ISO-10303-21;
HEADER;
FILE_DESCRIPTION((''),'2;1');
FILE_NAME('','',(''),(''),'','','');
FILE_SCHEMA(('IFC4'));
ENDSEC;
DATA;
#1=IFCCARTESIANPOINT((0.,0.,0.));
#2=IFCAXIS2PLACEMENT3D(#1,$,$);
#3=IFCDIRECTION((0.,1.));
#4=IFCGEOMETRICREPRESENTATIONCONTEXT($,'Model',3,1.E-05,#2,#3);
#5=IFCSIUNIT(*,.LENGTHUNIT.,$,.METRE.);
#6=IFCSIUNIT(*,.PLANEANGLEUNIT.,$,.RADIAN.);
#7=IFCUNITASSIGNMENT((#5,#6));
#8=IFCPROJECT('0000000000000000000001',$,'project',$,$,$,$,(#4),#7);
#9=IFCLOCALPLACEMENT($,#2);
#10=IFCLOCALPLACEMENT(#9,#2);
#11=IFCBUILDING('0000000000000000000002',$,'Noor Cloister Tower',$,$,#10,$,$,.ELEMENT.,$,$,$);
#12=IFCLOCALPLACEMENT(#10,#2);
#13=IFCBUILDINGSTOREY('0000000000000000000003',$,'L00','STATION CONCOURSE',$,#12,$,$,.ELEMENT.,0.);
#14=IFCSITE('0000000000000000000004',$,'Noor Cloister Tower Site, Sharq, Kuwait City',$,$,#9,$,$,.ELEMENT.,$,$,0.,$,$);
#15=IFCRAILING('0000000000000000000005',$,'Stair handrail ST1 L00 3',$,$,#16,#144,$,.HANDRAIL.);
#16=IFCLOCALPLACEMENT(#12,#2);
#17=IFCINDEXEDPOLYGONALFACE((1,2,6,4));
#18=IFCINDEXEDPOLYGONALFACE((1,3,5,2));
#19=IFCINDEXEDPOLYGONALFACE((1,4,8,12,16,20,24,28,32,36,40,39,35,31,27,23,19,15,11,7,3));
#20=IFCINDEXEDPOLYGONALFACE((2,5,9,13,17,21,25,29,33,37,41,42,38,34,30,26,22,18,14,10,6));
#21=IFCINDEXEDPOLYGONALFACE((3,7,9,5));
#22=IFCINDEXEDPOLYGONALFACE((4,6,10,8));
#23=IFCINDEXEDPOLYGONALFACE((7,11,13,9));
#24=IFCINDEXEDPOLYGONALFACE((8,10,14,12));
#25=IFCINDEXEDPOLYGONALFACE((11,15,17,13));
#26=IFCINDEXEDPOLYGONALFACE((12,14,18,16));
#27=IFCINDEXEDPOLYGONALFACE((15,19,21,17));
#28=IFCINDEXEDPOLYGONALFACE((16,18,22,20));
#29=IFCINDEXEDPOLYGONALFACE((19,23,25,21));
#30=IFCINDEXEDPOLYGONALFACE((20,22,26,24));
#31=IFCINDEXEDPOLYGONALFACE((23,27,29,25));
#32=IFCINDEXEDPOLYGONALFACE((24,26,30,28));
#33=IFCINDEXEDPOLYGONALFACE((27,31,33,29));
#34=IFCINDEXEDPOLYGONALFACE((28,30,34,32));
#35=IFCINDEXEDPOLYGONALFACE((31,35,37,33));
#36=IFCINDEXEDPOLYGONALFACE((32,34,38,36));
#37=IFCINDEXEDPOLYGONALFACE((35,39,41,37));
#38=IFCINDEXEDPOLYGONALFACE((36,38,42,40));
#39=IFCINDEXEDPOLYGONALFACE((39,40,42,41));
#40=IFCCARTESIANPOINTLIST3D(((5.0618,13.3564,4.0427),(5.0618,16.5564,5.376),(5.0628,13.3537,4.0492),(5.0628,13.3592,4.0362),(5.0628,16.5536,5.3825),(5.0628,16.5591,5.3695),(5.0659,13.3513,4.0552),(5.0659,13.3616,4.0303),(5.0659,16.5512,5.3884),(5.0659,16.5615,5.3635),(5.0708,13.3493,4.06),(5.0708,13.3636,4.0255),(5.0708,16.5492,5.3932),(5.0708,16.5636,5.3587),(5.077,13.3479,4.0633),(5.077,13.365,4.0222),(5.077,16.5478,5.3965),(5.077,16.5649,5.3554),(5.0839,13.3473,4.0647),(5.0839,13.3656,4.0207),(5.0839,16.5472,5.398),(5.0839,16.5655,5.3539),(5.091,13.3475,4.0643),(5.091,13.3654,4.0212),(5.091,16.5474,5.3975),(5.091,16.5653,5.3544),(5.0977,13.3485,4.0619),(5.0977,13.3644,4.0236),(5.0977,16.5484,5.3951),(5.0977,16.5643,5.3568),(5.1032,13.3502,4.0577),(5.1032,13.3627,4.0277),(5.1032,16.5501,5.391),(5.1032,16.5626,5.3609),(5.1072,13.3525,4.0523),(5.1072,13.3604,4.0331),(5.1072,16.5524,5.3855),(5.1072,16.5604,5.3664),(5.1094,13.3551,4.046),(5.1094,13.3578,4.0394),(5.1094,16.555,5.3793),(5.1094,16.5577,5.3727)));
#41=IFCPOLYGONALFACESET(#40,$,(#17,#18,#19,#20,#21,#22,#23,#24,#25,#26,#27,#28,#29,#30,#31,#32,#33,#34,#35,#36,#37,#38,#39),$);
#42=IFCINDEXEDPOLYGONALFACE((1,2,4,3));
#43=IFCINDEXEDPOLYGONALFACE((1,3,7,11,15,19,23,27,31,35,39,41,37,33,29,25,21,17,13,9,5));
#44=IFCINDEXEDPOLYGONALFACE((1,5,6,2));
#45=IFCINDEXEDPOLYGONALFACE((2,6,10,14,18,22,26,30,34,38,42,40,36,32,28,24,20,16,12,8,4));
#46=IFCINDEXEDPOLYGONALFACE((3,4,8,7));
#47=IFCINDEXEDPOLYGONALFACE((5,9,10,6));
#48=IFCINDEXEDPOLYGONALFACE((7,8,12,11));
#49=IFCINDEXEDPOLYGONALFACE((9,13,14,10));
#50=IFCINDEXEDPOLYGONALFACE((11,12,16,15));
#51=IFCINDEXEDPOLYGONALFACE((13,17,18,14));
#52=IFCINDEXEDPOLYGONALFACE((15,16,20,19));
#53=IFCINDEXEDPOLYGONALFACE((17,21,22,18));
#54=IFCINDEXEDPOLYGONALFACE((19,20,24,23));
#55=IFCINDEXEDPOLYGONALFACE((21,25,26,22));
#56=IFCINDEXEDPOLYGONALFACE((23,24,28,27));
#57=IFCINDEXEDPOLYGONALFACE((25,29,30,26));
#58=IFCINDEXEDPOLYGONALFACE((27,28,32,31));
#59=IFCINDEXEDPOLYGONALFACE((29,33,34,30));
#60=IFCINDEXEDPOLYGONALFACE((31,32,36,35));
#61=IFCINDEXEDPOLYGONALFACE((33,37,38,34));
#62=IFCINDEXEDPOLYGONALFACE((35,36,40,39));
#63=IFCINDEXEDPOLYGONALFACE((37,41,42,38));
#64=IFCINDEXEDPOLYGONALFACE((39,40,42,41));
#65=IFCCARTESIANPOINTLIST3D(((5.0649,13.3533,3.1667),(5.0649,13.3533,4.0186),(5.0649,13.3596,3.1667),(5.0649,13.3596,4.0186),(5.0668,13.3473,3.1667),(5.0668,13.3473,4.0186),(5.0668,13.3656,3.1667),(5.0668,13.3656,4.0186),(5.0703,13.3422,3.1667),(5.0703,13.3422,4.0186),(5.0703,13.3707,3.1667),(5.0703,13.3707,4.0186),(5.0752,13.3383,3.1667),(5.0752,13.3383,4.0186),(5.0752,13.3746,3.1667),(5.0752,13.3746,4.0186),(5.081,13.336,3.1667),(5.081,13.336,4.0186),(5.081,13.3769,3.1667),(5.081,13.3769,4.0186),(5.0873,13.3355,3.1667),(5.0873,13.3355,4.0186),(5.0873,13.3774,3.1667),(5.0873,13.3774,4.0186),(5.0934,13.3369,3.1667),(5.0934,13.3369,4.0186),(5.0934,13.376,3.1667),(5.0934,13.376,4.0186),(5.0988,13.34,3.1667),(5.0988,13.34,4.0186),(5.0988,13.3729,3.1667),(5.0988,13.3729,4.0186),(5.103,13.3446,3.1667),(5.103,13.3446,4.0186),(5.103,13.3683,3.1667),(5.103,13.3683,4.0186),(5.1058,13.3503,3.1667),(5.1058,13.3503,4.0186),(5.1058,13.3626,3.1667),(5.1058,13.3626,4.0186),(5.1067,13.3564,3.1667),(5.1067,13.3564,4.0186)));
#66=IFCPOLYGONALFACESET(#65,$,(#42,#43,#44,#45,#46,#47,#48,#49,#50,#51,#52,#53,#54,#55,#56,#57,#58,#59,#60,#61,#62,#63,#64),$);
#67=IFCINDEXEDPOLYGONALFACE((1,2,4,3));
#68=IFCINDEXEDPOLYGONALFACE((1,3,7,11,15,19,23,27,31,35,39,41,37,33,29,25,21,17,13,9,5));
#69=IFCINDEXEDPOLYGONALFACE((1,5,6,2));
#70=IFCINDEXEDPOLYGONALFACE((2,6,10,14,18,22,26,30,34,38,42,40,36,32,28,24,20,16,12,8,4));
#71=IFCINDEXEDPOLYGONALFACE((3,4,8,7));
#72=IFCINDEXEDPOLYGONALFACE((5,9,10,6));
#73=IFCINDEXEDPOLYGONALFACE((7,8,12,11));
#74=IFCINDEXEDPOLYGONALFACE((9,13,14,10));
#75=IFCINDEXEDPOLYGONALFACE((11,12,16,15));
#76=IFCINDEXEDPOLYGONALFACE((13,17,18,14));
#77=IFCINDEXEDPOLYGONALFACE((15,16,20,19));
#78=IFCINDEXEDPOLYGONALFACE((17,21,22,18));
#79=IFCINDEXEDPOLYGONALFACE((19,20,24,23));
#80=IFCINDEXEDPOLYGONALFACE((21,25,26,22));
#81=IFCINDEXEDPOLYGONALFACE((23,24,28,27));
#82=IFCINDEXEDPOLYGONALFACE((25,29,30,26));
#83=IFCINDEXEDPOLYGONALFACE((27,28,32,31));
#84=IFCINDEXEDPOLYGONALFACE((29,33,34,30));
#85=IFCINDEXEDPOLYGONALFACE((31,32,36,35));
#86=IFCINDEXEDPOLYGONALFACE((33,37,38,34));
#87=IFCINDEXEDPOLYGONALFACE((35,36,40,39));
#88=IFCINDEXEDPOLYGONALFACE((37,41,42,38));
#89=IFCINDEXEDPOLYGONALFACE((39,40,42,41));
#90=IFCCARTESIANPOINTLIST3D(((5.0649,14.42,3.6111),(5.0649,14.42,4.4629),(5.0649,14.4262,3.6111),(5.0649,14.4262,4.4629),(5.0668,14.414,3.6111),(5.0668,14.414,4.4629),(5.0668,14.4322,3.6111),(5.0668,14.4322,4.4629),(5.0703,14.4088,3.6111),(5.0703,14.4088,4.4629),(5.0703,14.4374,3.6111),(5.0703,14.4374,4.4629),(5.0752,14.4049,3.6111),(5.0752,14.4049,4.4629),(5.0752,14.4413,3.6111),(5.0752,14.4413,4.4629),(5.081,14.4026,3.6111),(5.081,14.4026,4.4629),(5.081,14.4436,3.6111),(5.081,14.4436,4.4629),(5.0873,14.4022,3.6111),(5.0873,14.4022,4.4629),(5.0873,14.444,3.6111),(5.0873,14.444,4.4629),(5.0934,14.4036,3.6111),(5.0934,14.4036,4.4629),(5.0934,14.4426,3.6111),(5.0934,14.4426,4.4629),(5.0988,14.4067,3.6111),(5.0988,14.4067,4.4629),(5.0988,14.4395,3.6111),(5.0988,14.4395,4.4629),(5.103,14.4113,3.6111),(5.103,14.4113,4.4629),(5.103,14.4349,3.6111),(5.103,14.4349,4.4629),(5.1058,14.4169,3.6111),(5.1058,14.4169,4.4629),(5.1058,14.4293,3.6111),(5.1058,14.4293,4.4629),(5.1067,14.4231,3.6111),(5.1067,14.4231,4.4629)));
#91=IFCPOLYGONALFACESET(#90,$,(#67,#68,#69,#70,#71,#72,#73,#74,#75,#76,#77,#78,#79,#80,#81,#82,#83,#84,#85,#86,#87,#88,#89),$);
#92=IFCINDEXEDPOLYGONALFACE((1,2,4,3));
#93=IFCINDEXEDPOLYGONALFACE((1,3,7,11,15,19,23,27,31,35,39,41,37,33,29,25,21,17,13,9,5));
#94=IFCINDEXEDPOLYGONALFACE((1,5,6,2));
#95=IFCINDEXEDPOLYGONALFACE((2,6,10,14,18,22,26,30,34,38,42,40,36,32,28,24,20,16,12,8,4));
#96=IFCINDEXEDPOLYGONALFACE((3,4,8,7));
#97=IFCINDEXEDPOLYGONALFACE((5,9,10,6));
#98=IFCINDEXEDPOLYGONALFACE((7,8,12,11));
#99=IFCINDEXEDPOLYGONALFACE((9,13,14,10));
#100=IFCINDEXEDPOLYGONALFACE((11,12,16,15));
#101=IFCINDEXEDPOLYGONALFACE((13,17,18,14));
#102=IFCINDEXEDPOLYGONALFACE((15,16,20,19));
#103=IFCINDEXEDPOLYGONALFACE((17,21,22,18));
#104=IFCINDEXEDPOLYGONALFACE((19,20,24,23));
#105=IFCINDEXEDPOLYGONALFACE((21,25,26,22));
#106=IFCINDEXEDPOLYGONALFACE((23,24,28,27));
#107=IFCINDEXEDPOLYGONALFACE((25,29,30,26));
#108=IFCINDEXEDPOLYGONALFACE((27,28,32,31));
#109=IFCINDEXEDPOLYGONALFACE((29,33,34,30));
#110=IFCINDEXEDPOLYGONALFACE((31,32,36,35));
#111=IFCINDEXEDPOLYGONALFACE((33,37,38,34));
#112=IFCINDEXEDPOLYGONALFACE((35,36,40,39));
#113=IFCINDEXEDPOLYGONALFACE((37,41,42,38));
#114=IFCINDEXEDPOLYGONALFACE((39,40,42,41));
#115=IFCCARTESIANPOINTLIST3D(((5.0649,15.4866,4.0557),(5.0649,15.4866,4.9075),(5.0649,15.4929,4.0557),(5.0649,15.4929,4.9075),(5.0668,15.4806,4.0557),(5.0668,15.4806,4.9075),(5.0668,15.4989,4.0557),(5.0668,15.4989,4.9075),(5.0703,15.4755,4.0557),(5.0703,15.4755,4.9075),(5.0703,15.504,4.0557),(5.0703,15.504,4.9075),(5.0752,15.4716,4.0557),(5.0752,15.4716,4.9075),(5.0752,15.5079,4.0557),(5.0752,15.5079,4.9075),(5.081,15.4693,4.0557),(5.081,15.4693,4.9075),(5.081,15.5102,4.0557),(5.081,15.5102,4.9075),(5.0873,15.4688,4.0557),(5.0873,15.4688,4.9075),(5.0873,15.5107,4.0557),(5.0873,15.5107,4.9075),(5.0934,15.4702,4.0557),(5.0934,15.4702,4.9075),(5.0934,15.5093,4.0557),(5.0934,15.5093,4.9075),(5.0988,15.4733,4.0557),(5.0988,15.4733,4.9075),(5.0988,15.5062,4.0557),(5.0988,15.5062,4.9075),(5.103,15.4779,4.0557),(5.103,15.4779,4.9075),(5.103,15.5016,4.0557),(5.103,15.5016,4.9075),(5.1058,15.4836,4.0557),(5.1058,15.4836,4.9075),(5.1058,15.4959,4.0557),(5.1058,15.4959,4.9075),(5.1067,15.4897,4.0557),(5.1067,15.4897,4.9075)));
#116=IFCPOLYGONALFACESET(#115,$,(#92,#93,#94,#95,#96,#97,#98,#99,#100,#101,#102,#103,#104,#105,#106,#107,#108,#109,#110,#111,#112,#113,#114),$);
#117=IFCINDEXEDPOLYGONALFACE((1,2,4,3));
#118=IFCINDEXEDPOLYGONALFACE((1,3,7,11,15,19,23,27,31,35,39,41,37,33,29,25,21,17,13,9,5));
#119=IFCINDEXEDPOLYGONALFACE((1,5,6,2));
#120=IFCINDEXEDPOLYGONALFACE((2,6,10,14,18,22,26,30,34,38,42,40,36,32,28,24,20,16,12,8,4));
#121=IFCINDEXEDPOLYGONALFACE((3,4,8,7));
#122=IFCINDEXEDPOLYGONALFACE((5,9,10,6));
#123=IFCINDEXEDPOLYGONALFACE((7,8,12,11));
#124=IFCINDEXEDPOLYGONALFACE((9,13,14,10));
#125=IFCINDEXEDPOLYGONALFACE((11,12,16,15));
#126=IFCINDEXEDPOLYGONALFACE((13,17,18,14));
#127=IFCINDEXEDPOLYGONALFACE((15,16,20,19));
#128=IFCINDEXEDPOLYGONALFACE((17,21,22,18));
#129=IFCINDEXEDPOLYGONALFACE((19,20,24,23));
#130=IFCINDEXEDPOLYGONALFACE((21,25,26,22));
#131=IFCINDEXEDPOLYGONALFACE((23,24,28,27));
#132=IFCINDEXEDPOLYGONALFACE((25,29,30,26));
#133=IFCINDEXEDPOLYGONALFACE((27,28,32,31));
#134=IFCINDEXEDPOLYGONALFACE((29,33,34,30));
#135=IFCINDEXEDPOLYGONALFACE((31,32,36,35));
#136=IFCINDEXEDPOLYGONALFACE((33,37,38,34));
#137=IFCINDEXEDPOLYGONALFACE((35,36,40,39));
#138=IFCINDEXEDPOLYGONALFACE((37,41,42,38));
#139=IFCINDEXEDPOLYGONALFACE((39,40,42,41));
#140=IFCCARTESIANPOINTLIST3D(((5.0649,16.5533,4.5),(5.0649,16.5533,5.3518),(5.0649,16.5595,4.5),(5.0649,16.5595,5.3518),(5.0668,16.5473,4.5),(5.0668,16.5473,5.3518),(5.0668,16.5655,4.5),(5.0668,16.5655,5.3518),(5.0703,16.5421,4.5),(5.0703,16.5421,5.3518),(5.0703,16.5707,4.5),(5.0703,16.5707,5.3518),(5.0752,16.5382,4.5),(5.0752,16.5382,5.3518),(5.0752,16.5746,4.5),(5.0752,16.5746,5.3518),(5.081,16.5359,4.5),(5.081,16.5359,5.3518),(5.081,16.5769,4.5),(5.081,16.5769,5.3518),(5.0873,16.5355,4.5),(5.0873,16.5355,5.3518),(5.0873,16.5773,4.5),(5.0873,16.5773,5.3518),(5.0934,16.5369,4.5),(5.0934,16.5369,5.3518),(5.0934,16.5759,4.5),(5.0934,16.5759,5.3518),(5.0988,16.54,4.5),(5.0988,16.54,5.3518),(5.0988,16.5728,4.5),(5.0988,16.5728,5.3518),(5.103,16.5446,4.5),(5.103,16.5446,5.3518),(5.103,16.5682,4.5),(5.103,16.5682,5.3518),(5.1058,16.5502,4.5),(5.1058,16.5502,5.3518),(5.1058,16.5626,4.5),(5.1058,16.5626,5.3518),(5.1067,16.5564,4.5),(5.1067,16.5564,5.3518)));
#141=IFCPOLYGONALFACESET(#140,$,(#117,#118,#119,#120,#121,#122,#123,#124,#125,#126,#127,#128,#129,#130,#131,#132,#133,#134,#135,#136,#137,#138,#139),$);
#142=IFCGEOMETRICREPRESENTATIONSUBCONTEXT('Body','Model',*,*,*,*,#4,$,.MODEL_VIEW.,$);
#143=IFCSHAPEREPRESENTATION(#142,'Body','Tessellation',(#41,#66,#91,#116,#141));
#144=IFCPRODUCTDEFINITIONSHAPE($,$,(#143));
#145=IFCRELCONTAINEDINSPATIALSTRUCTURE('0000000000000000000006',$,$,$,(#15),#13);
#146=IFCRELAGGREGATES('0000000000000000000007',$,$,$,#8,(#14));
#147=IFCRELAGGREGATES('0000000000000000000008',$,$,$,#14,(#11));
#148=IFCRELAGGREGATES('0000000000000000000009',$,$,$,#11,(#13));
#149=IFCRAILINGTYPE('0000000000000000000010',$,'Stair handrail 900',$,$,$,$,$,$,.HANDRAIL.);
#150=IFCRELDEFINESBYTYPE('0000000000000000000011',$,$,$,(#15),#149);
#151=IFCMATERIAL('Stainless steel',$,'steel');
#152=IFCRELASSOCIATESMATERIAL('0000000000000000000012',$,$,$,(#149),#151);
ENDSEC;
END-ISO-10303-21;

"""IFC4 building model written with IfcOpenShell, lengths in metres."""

from ifc_helpers import new_model, si_unit, direction, frame, origin, origin_2d, place, context, subcontext, project, spatial, circle, extrude, material, type_object, element, save


model = new_model("IFC4")

# Units and contexts
model_context = context("Model", 3, precision=1e-05, world=origin(), true_north=direction((0.0, 1.0)))
body_context = subcontext(model_context, "Body", "Model", "MODEL_VIEW")
ifc_project = project(units=[si_unit("LENGTHUNIT", "METRE"), si_unit("PLANEANGLEUNIT", "RADIAN")], contexts=[model_context])

# Site, building, storey
site_placement = place(None, origin())
site = spatial("IfcSite", under=ifc_project, at=site_placement, Name="Noor Cloister Tower Site, Sharq, Kuwait City", CompositionType="ELEMENT", RefElevation=0.0)
building_placement = place(site_placement, origin())
building = spatial("IfcBuilding", under=site, at=building_placement, Name="Noor Cloister Tower", CompositionType="ELEMENT")
storey_placement = place(building_placement, origin())
storey = spatial("IfcBuildingStorey", under=building, at=storey_placement, Name="L00", Description="STATION CONCOURSE", CompositionType="ELEMENT", Elevation=0.0)

# Railing
ifc_material_1 = material(Name="Stainless steel", Category="steel")
railing_type_1 = type_object("IfcRailingType", Name="Stair handrail 900", PredefinedType="HANDRAIL", material=ifc_material_1)
railing_1_placement = place(storey_placement, frame((5.0857, 13.3564, 3.1667)))
element("IfcRailing", 1, at=railing_1_placement, inside=storey, type_object=railing_type_1, Name="Stair handrail ST1 L00 3", PredefinedType="HANDRAIL", context=body_context, shape_type="SweptSolid", body=[
    extrude(circle(Radius=0.0239, at=origin_2d()), frame((0.0, 0.0, 0.876), z_axis=(0.0, 0.923083, 0.3846), x_axis=(-1.0, 0.0, 0.0)), (0.0, 0.0, 1.0), 3.4666),
    extrude(circle(Radius=0.021, at=origin_2d()), origin(), (0.0, 0.0, 1.0), 0.8518),
    extrude(circle(Radius=0.021, at=origin_2d()), frame((0.0, 1.0667, 0.4443)), (0.0, 0.0, 1.0), 0.8518),
    extrude(circle(Radius=0.021, at=origin_2d()), frame((0.0, 2.1333, 0.8889)), (0.0, 0.0, 1.0), 0.8518),
    extrude(circle(Radius=0.021, at=origin_2d()), frame((0.0, 3.2, 1.3333)), (0.0, 0.0, 1.0), 0.8518),
])

save(model, "model.ifc")
